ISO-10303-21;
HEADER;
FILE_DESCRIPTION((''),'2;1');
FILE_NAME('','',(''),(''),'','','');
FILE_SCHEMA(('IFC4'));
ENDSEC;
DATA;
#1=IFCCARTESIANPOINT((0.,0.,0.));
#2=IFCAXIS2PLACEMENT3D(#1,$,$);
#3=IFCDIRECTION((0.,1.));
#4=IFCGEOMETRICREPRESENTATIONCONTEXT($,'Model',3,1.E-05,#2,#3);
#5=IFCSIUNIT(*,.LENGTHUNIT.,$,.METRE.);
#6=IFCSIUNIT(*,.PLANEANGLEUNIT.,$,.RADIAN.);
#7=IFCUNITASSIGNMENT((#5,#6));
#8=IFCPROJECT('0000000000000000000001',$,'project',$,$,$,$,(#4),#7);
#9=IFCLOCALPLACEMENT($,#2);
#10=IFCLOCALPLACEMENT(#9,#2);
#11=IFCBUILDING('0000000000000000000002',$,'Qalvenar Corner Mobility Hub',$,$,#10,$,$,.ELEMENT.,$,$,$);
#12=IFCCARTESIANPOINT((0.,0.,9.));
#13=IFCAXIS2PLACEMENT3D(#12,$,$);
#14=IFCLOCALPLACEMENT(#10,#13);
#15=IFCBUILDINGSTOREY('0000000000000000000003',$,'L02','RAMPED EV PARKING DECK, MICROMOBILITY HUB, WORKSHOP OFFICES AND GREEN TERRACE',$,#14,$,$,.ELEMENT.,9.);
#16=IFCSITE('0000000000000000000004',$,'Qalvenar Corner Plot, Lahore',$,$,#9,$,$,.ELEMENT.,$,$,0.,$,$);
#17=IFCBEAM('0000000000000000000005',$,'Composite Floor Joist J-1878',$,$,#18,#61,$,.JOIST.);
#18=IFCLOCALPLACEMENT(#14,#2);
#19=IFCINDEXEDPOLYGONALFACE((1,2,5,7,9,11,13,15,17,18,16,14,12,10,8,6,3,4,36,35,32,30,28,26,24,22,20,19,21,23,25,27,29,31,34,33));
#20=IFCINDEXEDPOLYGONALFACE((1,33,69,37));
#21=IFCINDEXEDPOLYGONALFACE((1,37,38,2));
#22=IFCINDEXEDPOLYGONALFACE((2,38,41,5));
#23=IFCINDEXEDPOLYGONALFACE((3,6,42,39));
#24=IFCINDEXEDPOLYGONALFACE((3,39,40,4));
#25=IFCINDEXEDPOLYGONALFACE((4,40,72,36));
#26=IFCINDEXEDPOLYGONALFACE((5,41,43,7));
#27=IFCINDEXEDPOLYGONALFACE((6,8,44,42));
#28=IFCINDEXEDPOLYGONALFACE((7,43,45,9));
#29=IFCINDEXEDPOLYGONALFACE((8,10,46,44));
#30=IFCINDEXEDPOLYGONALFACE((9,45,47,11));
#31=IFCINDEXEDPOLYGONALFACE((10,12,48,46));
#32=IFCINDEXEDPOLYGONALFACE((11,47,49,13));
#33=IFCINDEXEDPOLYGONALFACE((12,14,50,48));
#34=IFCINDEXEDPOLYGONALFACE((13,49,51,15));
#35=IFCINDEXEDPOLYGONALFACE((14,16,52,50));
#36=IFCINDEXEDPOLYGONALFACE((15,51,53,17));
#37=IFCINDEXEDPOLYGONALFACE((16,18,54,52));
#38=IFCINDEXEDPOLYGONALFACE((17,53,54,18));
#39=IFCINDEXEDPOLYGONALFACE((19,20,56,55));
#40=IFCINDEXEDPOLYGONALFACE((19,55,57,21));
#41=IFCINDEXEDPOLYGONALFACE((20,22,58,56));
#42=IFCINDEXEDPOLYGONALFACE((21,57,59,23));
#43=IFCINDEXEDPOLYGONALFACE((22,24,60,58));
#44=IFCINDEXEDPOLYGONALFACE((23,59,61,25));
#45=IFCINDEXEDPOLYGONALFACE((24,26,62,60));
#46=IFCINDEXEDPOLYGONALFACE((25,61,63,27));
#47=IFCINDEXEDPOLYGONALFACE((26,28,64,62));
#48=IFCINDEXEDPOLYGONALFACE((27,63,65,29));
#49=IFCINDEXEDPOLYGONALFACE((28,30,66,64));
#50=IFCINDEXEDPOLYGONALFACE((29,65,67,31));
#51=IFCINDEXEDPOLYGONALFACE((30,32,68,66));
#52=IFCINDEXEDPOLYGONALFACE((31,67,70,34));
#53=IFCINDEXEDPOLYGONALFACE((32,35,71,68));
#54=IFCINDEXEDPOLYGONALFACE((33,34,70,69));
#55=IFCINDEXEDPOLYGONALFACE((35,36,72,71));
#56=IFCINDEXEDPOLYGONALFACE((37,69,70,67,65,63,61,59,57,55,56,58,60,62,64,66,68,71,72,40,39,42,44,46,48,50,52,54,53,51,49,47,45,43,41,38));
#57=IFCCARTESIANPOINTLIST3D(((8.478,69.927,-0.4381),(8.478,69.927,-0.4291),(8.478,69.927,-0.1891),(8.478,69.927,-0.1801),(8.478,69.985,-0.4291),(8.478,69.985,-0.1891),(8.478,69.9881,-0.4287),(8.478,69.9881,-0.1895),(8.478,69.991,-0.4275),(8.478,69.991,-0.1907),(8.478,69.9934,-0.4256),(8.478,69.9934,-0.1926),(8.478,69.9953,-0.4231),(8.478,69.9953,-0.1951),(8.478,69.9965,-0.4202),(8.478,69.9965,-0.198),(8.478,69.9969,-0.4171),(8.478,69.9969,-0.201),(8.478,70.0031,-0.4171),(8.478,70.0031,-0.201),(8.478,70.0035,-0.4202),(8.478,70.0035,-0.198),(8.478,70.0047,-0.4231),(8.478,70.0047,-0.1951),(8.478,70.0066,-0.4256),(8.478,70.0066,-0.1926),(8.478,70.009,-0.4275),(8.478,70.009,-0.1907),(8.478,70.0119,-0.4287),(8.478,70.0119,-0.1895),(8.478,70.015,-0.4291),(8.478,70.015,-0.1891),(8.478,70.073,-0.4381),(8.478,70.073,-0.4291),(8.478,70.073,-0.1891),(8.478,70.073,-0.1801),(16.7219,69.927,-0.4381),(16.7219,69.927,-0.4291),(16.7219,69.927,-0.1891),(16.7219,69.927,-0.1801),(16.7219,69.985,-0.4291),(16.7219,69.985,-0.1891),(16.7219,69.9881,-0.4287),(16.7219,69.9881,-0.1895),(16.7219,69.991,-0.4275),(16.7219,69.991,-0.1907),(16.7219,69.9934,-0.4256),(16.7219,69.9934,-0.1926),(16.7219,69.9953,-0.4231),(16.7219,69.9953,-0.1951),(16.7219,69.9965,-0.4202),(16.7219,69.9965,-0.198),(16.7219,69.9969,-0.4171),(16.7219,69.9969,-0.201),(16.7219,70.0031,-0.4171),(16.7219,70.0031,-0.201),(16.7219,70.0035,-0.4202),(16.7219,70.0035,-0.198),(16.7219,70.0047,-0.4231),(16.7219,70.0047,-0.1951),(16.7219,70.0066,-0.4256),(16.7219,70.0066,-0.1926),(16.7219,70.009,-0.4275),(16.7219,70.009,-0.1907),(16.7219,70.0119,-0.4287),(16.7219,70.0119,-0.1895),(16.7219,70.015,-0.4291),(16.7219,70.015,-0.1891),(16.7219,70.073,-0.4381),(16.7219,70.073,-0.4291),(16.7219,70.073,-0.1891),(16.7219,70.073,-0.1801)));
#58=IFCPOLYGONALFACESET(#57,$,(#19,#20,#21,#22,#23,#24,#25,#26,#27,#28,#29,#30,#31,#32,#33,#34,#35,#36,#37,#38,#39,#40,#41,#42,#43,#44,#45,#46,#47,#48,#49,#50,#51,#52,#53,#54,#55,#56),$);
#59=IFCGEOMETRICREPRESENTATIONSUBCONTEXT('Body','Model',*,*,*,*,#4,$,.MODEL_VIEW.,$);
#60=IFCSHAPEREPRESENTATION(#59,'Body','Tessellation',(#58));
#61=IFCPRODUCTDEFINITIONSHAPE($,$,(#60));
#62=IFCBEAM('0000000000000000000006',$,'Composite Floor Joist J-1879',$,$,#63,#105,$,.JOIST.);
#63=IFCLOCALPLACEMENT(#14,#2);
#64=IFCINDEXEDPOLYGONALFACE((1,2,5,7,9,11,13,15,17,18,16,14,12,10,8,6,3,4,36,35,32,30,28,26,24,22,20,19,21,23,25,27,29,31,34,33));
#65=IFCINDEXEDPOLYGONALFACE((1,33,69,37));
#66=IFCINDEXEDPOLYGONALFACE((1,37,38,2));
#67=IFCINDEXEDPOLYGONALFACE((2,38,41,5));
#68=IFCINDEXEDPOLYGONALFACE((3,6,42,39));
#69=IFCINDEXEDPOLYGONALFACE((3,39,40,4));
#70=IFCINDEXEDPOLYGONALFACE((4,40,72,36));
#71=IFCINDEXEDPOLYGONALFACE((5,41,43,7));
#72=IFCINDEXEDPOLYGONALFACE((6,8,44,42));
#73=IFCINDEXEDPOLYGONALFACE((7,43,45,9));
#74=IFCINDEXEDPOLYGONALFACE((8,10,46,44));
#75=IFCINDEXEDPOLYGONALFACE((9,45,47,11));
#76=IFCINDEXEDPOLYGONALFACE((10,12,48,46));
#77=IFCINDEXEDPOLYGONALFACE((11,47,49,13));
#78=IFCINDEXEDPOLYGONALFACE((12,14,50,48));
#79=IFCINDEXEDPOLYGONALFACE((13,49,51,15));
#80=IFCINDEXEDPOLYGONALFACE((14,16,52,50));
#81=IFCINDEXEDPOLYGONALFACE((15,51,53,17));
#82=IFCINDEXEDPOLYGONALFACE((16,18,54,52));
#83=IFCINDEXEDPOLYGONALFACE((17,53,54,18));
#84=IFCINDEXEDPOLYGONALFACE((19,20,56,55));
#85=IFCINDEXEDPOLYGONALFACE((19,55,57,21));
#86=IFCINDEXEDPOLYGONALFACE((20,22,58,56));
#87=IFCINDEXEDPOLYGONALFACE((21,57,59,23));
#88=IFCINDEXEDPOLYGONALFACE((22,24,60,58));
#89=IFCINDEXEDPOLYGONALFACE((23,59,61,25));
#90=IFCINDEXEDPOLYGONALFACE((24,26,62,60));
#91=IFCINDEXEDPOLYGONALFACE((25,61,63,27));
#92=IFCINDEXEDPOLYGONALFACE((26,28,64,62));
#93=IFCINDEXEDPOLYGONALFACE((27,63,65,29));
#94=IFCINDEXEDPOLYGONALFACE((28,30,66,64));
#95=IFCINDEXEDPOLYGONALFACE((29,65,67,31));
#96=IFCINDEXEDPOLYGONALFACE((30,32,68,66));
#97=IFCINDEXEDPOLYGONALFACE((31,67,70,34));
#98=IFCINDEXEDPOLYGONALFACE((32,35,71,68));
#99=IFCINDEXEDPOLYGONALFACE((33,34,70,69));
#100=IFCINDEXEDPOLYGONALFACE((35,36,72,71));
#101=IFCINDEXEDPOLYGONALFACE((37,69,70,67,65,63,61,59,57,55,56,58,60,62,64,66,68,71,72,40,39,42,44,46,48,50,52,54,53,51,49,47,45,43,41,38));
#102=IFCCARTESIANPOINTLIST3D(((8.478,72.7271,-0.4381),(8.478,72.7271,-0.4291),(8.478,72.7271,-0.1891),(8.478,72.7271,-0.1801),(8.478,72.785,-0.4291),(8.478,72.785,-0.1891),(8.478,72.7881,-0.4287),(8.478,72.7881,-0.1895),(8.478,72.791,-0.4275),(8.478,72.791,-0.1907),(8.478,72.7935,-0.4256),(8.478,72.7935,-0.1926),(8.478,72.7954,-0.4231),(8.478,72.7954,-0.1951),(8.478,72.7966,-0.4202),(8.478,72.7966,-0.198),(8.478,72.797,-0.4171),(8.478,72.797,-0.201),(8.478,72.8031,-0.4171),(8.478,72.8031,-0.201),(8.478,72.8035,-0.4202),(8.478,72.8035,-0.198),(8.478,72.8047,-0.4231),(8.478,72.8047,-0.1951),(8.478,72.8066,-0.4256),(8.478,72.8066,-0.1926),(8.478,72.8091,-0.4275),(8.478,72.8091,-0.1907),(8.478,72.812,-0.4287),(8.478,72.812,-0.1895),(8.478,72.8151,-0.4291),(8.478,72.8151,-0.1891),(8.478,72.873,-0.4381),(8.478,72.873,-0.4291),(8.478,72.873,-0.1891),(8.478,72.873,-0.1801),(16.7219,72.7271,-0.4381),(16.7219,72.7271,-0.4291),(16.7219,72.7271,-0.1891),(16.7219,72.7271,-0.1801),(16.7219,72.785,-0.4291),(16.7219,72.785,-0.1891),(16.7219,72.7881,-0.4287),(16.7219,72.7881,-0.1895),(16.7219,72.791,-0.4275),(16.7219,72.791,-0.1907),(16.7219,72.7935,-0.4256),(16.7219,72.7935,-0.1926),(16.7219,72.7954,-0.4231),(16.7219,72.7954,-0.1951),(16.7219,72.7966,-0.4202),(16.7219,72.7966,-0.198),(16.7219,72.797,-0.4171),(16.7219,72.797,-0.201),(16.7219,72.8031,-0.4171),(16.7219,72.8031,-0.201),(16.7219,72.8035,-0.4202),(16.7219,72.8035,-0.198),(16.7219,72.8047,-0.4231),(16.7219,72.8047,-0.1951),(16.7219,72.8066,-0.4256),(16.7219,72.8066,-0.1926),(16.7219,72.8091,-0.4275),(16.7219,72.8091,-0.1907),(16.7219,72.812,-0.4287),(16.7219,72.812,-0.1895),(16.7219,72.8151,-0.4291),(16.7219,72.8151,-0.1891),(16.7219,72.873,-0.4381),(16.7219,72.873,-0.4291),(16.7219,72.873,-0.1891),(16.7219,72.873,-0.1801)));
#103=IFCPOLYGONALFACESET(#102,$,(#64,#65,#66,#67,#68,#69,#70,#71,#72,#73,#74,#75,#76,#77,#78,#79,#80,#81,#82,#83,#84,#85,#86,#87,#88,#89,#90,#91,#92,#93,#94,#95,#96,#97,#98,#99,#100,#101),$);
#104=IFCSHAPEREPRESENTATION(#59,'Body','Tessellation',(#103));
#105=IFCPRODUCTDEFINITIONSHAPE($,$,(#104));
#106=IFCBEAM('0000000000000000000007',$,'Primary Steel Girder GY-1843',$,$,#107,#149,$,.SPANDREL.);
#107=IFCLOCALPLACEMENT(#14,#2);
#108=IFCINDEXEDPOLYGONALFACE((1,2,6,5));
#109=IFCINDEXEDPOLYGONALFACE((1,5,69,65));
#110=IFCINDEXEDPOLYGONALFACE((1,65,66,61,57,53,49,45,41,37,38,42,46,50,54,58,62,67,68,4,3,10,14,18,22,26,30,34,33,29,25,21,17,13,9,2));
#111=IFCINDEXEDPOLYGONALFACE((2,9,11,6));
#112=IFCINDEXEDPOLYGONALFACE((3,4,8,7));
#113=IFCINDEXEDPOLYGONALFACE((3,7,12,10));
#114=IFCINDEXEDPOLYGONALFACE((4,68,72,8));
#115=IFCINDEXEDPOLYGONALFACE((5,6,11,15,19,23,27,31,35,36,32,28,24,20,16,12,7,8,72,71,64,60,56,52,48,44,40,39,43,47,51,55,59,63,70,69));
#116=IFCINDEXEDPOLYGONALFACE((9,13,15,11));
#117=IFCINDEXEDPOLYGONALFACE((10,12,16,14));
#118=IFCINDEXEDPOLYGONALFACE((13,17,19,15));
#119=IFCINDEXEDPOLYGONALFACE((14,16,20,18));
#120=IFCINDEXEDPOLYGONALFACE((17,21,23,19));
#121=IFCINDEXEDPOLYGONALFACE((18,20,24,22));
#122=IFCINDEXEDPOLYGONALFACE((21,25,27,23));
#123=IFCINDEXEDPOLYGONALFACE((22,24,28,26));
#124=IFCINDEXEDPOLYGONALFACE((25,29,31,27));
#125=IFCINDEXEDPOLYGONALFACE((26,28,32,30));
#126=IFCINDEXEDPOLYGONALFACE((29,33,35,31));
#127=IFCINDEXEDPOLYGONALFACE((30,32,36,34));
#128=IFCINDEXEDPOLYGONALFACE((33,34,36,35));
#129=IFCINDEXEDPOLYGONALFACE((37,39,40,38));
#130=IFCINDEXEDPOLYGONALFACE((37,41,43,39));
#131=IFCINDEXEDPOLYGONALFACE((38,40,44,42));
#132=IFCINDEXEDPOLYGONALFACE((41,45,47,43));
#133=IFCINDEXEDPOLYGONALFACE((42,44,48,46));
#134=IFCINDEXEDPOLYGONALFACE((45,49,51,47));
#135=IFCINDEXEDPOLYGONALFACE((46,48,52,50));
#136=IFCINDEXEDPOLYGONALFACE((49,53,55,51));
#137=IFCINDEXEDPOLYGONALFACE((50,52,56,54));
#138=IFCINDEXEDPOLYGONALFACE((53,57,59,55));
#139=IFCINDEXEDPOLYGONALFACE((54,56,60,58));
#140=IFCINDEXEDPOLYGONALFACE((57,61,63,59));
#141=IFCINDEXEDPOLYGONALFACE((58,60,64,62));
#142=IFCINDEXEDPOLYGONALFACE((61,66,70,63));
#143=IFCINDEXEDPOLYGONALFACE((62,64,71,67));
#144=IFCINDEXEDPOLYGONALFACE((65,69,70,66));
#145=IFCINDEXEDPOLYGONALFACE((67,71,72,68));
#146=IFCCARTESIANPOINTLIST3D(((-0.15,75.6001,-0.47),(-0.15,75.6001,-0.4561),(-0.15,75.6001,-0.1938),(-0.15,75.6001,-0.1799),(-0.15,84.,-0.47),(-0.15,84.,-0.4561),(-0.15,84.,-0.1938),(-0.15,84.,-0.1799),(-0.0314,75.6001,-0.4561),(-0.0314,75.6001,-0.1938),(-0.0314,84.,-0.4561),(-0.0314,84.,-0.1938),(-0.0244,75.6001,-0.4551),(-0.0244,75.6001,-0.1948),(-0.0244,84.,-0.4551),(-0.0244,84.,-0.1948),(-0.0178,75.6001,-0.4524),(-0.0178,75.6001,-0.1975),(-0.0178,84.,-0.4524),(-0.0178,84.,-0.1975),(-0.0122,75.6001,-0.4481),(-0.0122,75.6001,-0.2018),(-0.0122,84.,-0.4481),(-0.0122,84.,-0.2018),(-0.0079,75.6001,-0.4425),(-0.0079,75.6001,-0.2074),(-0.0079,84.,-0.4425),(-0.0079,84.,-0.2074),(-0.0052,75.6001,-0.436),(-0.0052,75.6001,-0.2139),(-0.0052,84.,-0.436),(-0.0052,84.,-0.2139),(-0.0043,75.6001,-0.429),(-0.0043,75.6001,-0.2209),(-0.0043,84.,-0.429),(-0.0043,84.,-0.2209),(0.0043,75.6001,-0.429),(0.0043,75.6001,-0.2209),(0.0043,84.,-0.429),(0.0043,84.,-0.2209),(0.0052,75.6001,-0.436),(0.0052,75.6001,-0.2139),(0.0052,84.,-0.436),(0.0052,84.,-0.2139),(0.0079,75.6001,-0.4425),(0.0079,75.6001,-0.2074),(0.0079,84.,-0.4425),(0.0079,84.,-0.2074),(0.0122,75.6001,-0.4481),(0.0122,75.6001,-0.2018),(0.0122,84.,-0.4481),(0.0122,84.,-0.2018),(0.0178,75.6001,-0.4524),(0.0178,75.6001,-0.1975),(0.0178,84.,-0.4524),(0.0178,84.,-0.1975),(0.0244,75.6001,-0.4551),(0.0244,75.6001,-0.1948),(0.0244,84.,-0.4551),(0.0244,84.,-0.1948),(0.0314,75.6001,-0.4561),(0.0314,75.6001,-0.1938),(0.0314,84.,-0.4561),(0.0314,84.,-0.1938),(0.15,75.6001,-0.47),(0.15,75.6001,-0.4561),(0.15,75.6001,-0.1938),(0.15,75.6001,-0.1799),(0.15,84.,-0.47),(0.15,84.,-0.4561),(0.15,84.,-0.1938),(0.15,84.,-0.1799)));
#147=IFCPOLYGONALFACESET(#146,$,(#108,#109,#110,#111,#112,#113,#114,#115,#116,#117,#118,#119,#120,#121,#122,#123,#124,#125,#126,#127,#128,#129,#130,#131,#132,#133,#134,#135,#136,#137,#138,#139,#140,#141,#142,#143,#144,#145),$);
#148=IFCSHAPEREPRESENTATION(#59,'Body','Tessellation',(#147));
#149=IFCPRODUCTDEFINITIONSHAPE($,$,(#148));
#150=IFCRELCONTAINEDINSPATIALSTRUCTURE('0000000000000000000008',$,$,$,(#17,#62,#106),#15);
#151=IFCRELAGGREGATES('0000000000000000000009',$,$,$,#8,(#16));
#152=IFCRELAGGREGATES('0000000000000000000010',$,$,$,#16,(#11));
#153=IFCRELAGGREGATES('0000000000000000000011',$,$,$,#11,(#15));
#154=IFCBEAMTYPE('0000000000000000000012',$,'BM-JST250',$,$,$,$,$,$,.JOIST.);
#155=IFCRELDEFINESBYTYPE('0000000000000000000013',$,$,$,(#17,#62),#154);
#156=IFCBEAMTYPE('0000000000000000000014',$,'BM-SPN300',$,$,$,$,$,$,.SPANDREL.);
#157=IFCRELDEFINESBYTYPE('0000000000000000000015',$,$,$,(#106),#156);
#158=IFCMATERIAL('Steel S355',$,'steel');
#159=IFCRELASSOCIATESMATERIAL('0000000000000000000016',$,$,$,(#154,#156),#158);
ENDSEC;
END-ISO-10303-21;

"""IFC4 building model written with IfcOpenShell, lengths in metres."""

from ifc_helpers import new_model, si_unit, direction, frame, origin, origin_2d, place, context, subcontext, project, spatial, i_section, extrude, material, material_profile, profile_set, type_object, element, save


model = new_model("IFC4")

# Units and contexts
model_context = context("Model", 3, precision=1e-05, world=origin(), true_north=direction((0.0, 1.0)))
body_context = subcontext(model_context, "Body", "Model", "MODEL_VIEW")
ifc_project = project(units=[si_unit("LENGTHUNIT", "METRE"), si_unit("PLANEANGLEUNIT", "RADIAN")], contexts=[model_context])

# Site, building, storey
site_placement = place(None, origin())
site = spatial("IfcSite", under=ifc_project, at=site_placement, Name="Qalvenar Corner Plot, Lahore", CompositionType="ELEMENT", RefElevation=0.0)
building_placement = place(site_placement, origin())
building = spatial("IfcBuilding", under=site, at=building_placement, Name="Qalvenar Corner Mobility Hub", CompositionType="ELEMENT")
storey_placement = place(building_placement, frame((0.0, 0.0, 9.0)))
storey = spatial("IfcBuildingStorey", under=building, at=storey_placement, Name="L02", Description="RAMPED EV PARKING DECK, MICROMOBILITY HUB, WORKSHOP OFFICES AND GREEN TERRACE", CompositionType="ELEMENT", Elevation=9.0)

# Shared definitions
ifc_material_1 = material(Name="Steel S355", Category="steel")

# Beams
ifc_material_profile_1 = material_profile(ifc_material_1, i_section(OverallWidth=0.146, OverallDepth=0.2581, WebThickness=0.0061, FlangeThickness=0.009, FilletRadius=0.012, at=origin_2d()), Name="W250x32.7")
ifc_profile_set_1 = profile_set([ifc_material_profile_1], Name="Steel S355")
beam_type_1 = type_object("IfcBeamType", Name="BM-JST250", PredefinedType="JOIST", material=ifc_profile_set_1)
for number, where, z_axis, x_axis, name in (
    (1, (8.478, 70.0, -0.3091), (1.0, 0.0, 0.0), (0.0, 1.0, 0.0), "Composite Floor Joist J-1878"),
    (2, (8.478, 72.8, -0.3091), (1.0, 0.0, 0.0), (0.0, 1.0, 0.0), "Composite Floor Joist J-1879"),
):
    element("IfcBeam", number, at=place(storey_placement, frame(where, z_axis=z_axis, x_axis=x_axis)), inside=storey, type_object=beam_type_1, Name=name, PredefinedType="JOIST", context=body_context, shape_type="SweptSolid", body=[
        extrude(i_section(OverallWidth=0.146, OverallDepth=0.2581, WebThickness=0.0061, FlangeThickness=0.009, FilletRadius=0.012, at=origin_2d()), origin(), (0.0, 0.0, 1.0), 8.2439),
    ])
ifc_material_profile_2 = material_profile(ifc_material_1, i_section(OverallWidth=0.3, OverallDepth=0.29, WebThickness=0.0085, FlangeThickness=0.0139, FilletRadius=0.0271, at=origin_2d()), Name="HEA300")
ifc_profile_set_2 = profile_set([ifc_material_profile_2], Name="Steel S355")
beam_type_2 = type_object("IfcBeamType", Name="BM-SPN300", PredefinedType="SPANDREL", material=ifc_profile_set_2)
beam_1_placement = place(storey_placement, frame((0.0, 75.6001, -0.325), z_axis=(0.0, 1.0, 0.0), x_axis=(-1.0, 0.0, 0.0)))
element("IfcBeam", 3, at=beam_1_placement, inside=storey, type_object=beam_type_2, Name="Primary Steel Girder GY-1843", PredefinedType="SPANDREL", context=body_context, shape_type="SweptSolid", body=[
    extrude(i_section(OverallWidth=0.3, OverallDepth=0.29, WebThickness=0.0085, FlangeThickness=0.0139, FilletRadius=0.0271, at=origin_2d()), origin(), (0.0, 0.0, 1.0), 8.3999),
])

save(model, "model.ifc")
